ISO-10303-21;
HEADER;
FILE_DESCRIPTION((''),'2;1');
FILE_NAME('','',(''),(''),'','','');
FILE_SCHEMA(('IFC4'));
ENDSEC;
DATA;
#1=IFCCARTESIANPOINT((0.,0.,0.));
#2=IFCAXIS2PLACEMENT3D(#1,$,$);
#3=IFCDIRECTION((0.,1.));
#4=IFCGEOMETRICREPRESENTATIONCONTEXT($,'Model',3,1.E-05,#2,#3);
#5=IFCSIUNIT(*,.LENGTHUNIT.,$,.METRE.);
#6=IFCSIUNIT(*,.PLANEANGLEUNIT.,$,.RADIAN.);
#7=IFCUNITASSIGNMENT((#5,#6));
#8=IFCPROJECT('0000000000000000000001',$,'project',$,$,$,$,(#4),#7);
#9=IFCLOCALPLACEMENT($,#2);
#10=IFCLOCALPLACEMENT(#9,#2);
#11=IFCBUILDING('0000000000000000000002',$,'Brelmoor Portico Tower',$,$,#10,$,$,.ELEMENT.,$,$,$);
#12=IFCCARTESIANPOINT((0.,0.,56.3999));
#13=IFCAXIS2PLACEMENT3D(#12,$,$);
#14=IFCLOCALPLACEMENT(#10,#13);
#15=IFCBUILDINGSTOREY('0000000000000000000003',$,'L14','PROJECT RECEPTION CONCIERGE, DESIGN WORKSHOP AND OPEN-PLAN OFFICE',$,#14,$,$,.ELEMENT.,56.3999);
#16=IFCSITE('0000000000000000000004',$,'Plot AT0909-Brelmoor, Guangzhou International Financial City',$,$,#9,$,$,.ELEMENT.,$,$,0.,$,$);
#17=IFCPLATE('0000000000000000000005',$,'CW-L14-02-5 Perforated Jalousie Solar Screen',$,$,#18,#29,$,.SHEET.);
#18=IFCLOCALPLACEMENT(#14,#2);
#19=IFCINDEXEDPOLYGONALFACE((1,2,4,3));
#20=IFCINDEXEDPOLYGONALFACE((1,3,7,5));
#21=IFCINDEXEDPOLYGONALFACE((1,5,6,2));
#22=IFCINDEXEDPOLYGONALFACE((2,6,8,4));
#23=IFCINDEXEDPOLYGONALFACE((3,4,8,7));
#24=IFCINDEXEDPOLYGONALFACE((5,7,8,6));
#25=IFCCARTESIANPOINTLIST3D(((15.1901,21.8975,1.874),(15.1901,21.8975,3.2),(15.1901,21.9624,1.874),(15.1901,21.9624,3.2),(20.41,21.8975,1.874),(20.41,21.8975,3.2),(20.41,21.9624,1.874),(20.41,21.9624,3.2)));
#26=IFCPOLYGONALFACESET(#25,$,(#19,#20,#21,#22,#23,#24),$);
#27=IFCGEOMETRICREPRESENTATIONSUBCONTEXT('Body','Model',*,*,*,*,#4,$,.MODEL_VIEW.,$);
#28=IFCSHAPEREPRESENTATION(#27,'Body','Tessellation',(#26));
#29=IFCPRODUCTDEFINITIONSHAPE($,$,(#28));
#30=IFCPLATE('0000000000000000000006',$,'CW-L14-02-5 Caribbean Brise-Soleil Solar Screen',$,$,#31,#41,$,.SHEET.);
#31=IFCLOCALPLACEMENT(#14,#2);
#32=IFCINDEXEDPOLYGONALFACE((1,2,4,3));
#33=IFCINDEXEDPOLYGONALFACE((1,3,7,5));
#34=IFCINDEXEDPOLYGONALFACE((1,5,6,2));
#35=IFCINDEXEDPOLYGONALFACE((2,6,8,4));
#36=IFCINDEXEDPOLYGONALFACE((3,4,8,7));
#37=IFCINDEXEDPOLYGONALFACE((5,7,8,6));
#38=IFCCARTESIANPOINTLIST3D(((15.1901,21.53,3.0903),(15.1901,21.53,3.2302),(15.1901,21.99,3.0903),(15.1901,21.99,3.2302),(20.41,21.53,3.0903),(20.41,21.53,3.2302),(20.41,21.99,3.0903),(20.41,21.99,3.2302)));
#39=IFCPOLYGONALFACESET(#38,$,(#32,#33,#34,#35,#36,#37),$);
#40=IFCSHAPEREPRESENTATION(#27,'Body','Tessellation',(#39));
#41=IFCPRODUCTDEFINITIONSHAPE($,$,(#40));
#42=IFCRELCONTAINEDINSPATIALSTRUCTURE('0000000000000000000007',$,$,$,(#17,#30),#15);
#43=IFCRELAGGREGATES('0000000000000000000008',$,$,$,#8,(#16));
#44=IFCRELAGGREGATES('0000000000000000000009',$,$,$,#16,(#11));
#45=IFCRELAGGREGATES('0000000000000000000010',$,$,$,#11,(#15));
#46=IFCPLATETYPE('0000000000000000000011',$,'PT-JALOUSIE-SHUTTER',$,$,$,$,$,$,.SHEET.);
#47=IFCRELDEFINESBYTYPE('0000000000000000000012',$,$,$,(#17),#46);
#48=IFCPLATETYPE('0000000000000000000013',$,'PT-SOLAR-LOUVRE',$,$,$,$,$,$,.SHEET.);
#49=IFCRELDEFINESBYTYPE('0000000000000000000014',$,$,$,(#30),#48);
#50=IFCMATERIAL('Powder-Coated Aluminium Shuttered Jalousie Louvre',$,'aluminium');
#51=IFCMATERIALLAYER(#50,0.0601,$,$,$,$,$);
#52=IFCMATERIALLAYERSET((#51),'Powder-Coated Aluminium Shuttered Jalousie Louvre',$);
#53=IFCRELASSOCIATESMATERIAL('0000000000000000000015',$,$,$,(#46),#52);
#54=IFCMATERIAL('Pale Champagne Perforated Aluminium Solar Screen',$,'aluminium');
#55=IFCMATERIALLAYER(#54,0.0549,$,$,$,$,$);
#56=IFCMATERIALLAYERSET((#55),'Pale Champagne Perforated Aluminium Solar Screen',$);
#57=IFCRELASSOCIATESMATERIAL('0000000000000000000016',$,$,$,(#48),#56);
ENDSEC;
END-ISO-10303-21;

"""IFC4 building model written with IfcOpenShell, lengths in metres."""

from ifc_helpers import new_model, si_unit, direction, frame, origin, origin_2d, place, context, subcontext, project, spatial, rectangle, extrude, material, layer, layer_set, type_object, element, save


model = new_model("IFC4")

# Units and contexts
model_context = context("Model", 3, precision=1e-05, world=origin(), true_north=direction((0.0, 1.0)))
body_context = subcontext(model_context, "Body", "Model", "MODEL_VIEW")
ifc_project = project(units=[si_unit("LENGTHUNIT", "METRE"), si_unit("PLANEANGLEUNIT", "RADIAN")], contexts=[model_context])

# Site, building, storey
site_placement = place(None, origin())
site = spatial("IfcSite", under=ifc_project, at=site_placement, Name="Plot AT0909-Brelmoor, Guangzhou International Financial City", CompositionType="ELEMENT", RefElevation=0.0)
building_placement = place(site_placement, origin())
building = spatial("IfcBuilding", under=site, at=building_placement, Name="Brelmoor Portico Tower", CompositionType="ELEMENT")
storey_placement = place(building_placement, frame((0.0, 0.0, 56.3999)))
storey = spatial("IfcBuildingStorey", under=building, at=storey_placement, Name="L14", Description="PROJECT RECEPTION CONCIERGE, DESIGN WORKSHOP AND OPEN-PLAN OFFICE", CompositionType="ELEMENT", Elevation=56.3999)

# Plates
ifc_material_1 = material(Name="Powder-Coated Aluminium Shuttered Jalousie Louvre", Category="aluminium")
ifc_layer_1 = layer(ifc_material_1, 0.0601)
ifc_layer_set_1 = layer_set([ifc_layer_1], Name="Powder-Coated Aluminium Shuttered Jalousie Louvre")
plate_type_1 = type_object("IfcPlateType", Name="PT-JALOUSIE-SHUTTER", PredefinedType="SHEET", material=ifc_layer_set_1)
plate_1_placement = place(storey_placement, frame((17.8, 21.9299, 1.874), z_axis=(0.0, 0.0, 1.0), x_axis=(1.0, 0.0, 0.0)))
element("IfcPlate", 1, at=plate_1_placement, inside=storey, type_object=plate_type_1, Name="CW-L14-02-5 Perforated Jalousie Solar Screen", PredefinedType="SHEET", context=body_context, shape_type="SweptSolid", body=[
    extrude(rectangle(XDim=5.22, YDim=0.0649, at=origin_2d()), origin(), (0.0, 0.0, 1.0), 1.3259),
])
ifc_material_2 = material(Name="Pale Champagne Perforated Aluminium Solar Screen", Category="aluminium")
ifc_layer_2 = layer(ifc_material_2, 0.0549)
ifc_layer_set_2 = layer_set([ifc_layer_2], Name="Pale Champagne Perforated Aluminium Solar Screen")
plate_type_2 = type_object("IfcPlateType", Name="PT-SOLAR-LOUVRE", PredefinedType="SHEET", material=ifc_layer_set_2)
plate_2_placement = place(storey_placement, frame((17.8, 21.76, 3.0903), z_axis=(0.0, 0.0, 1.0), x_axis=(1.0, 0.0, 0.0)))
element("IfcPlate", 2, at=plate_2_placement, inside=storey, type_object=plate_type_2, Name="CW-L14-02-5 Caribbean Brise-Soleil Solar Screen", PredefinedType="SHEET", context=body_context, shape_type="SweptSolid", body=[
    extrude(rectangle(XDim=5.22, YDim=0.46, at=origin_2d()), origin(), (0.0, 0.0, 1.0), 0.1399),
])

save(model, "model.ifc")
